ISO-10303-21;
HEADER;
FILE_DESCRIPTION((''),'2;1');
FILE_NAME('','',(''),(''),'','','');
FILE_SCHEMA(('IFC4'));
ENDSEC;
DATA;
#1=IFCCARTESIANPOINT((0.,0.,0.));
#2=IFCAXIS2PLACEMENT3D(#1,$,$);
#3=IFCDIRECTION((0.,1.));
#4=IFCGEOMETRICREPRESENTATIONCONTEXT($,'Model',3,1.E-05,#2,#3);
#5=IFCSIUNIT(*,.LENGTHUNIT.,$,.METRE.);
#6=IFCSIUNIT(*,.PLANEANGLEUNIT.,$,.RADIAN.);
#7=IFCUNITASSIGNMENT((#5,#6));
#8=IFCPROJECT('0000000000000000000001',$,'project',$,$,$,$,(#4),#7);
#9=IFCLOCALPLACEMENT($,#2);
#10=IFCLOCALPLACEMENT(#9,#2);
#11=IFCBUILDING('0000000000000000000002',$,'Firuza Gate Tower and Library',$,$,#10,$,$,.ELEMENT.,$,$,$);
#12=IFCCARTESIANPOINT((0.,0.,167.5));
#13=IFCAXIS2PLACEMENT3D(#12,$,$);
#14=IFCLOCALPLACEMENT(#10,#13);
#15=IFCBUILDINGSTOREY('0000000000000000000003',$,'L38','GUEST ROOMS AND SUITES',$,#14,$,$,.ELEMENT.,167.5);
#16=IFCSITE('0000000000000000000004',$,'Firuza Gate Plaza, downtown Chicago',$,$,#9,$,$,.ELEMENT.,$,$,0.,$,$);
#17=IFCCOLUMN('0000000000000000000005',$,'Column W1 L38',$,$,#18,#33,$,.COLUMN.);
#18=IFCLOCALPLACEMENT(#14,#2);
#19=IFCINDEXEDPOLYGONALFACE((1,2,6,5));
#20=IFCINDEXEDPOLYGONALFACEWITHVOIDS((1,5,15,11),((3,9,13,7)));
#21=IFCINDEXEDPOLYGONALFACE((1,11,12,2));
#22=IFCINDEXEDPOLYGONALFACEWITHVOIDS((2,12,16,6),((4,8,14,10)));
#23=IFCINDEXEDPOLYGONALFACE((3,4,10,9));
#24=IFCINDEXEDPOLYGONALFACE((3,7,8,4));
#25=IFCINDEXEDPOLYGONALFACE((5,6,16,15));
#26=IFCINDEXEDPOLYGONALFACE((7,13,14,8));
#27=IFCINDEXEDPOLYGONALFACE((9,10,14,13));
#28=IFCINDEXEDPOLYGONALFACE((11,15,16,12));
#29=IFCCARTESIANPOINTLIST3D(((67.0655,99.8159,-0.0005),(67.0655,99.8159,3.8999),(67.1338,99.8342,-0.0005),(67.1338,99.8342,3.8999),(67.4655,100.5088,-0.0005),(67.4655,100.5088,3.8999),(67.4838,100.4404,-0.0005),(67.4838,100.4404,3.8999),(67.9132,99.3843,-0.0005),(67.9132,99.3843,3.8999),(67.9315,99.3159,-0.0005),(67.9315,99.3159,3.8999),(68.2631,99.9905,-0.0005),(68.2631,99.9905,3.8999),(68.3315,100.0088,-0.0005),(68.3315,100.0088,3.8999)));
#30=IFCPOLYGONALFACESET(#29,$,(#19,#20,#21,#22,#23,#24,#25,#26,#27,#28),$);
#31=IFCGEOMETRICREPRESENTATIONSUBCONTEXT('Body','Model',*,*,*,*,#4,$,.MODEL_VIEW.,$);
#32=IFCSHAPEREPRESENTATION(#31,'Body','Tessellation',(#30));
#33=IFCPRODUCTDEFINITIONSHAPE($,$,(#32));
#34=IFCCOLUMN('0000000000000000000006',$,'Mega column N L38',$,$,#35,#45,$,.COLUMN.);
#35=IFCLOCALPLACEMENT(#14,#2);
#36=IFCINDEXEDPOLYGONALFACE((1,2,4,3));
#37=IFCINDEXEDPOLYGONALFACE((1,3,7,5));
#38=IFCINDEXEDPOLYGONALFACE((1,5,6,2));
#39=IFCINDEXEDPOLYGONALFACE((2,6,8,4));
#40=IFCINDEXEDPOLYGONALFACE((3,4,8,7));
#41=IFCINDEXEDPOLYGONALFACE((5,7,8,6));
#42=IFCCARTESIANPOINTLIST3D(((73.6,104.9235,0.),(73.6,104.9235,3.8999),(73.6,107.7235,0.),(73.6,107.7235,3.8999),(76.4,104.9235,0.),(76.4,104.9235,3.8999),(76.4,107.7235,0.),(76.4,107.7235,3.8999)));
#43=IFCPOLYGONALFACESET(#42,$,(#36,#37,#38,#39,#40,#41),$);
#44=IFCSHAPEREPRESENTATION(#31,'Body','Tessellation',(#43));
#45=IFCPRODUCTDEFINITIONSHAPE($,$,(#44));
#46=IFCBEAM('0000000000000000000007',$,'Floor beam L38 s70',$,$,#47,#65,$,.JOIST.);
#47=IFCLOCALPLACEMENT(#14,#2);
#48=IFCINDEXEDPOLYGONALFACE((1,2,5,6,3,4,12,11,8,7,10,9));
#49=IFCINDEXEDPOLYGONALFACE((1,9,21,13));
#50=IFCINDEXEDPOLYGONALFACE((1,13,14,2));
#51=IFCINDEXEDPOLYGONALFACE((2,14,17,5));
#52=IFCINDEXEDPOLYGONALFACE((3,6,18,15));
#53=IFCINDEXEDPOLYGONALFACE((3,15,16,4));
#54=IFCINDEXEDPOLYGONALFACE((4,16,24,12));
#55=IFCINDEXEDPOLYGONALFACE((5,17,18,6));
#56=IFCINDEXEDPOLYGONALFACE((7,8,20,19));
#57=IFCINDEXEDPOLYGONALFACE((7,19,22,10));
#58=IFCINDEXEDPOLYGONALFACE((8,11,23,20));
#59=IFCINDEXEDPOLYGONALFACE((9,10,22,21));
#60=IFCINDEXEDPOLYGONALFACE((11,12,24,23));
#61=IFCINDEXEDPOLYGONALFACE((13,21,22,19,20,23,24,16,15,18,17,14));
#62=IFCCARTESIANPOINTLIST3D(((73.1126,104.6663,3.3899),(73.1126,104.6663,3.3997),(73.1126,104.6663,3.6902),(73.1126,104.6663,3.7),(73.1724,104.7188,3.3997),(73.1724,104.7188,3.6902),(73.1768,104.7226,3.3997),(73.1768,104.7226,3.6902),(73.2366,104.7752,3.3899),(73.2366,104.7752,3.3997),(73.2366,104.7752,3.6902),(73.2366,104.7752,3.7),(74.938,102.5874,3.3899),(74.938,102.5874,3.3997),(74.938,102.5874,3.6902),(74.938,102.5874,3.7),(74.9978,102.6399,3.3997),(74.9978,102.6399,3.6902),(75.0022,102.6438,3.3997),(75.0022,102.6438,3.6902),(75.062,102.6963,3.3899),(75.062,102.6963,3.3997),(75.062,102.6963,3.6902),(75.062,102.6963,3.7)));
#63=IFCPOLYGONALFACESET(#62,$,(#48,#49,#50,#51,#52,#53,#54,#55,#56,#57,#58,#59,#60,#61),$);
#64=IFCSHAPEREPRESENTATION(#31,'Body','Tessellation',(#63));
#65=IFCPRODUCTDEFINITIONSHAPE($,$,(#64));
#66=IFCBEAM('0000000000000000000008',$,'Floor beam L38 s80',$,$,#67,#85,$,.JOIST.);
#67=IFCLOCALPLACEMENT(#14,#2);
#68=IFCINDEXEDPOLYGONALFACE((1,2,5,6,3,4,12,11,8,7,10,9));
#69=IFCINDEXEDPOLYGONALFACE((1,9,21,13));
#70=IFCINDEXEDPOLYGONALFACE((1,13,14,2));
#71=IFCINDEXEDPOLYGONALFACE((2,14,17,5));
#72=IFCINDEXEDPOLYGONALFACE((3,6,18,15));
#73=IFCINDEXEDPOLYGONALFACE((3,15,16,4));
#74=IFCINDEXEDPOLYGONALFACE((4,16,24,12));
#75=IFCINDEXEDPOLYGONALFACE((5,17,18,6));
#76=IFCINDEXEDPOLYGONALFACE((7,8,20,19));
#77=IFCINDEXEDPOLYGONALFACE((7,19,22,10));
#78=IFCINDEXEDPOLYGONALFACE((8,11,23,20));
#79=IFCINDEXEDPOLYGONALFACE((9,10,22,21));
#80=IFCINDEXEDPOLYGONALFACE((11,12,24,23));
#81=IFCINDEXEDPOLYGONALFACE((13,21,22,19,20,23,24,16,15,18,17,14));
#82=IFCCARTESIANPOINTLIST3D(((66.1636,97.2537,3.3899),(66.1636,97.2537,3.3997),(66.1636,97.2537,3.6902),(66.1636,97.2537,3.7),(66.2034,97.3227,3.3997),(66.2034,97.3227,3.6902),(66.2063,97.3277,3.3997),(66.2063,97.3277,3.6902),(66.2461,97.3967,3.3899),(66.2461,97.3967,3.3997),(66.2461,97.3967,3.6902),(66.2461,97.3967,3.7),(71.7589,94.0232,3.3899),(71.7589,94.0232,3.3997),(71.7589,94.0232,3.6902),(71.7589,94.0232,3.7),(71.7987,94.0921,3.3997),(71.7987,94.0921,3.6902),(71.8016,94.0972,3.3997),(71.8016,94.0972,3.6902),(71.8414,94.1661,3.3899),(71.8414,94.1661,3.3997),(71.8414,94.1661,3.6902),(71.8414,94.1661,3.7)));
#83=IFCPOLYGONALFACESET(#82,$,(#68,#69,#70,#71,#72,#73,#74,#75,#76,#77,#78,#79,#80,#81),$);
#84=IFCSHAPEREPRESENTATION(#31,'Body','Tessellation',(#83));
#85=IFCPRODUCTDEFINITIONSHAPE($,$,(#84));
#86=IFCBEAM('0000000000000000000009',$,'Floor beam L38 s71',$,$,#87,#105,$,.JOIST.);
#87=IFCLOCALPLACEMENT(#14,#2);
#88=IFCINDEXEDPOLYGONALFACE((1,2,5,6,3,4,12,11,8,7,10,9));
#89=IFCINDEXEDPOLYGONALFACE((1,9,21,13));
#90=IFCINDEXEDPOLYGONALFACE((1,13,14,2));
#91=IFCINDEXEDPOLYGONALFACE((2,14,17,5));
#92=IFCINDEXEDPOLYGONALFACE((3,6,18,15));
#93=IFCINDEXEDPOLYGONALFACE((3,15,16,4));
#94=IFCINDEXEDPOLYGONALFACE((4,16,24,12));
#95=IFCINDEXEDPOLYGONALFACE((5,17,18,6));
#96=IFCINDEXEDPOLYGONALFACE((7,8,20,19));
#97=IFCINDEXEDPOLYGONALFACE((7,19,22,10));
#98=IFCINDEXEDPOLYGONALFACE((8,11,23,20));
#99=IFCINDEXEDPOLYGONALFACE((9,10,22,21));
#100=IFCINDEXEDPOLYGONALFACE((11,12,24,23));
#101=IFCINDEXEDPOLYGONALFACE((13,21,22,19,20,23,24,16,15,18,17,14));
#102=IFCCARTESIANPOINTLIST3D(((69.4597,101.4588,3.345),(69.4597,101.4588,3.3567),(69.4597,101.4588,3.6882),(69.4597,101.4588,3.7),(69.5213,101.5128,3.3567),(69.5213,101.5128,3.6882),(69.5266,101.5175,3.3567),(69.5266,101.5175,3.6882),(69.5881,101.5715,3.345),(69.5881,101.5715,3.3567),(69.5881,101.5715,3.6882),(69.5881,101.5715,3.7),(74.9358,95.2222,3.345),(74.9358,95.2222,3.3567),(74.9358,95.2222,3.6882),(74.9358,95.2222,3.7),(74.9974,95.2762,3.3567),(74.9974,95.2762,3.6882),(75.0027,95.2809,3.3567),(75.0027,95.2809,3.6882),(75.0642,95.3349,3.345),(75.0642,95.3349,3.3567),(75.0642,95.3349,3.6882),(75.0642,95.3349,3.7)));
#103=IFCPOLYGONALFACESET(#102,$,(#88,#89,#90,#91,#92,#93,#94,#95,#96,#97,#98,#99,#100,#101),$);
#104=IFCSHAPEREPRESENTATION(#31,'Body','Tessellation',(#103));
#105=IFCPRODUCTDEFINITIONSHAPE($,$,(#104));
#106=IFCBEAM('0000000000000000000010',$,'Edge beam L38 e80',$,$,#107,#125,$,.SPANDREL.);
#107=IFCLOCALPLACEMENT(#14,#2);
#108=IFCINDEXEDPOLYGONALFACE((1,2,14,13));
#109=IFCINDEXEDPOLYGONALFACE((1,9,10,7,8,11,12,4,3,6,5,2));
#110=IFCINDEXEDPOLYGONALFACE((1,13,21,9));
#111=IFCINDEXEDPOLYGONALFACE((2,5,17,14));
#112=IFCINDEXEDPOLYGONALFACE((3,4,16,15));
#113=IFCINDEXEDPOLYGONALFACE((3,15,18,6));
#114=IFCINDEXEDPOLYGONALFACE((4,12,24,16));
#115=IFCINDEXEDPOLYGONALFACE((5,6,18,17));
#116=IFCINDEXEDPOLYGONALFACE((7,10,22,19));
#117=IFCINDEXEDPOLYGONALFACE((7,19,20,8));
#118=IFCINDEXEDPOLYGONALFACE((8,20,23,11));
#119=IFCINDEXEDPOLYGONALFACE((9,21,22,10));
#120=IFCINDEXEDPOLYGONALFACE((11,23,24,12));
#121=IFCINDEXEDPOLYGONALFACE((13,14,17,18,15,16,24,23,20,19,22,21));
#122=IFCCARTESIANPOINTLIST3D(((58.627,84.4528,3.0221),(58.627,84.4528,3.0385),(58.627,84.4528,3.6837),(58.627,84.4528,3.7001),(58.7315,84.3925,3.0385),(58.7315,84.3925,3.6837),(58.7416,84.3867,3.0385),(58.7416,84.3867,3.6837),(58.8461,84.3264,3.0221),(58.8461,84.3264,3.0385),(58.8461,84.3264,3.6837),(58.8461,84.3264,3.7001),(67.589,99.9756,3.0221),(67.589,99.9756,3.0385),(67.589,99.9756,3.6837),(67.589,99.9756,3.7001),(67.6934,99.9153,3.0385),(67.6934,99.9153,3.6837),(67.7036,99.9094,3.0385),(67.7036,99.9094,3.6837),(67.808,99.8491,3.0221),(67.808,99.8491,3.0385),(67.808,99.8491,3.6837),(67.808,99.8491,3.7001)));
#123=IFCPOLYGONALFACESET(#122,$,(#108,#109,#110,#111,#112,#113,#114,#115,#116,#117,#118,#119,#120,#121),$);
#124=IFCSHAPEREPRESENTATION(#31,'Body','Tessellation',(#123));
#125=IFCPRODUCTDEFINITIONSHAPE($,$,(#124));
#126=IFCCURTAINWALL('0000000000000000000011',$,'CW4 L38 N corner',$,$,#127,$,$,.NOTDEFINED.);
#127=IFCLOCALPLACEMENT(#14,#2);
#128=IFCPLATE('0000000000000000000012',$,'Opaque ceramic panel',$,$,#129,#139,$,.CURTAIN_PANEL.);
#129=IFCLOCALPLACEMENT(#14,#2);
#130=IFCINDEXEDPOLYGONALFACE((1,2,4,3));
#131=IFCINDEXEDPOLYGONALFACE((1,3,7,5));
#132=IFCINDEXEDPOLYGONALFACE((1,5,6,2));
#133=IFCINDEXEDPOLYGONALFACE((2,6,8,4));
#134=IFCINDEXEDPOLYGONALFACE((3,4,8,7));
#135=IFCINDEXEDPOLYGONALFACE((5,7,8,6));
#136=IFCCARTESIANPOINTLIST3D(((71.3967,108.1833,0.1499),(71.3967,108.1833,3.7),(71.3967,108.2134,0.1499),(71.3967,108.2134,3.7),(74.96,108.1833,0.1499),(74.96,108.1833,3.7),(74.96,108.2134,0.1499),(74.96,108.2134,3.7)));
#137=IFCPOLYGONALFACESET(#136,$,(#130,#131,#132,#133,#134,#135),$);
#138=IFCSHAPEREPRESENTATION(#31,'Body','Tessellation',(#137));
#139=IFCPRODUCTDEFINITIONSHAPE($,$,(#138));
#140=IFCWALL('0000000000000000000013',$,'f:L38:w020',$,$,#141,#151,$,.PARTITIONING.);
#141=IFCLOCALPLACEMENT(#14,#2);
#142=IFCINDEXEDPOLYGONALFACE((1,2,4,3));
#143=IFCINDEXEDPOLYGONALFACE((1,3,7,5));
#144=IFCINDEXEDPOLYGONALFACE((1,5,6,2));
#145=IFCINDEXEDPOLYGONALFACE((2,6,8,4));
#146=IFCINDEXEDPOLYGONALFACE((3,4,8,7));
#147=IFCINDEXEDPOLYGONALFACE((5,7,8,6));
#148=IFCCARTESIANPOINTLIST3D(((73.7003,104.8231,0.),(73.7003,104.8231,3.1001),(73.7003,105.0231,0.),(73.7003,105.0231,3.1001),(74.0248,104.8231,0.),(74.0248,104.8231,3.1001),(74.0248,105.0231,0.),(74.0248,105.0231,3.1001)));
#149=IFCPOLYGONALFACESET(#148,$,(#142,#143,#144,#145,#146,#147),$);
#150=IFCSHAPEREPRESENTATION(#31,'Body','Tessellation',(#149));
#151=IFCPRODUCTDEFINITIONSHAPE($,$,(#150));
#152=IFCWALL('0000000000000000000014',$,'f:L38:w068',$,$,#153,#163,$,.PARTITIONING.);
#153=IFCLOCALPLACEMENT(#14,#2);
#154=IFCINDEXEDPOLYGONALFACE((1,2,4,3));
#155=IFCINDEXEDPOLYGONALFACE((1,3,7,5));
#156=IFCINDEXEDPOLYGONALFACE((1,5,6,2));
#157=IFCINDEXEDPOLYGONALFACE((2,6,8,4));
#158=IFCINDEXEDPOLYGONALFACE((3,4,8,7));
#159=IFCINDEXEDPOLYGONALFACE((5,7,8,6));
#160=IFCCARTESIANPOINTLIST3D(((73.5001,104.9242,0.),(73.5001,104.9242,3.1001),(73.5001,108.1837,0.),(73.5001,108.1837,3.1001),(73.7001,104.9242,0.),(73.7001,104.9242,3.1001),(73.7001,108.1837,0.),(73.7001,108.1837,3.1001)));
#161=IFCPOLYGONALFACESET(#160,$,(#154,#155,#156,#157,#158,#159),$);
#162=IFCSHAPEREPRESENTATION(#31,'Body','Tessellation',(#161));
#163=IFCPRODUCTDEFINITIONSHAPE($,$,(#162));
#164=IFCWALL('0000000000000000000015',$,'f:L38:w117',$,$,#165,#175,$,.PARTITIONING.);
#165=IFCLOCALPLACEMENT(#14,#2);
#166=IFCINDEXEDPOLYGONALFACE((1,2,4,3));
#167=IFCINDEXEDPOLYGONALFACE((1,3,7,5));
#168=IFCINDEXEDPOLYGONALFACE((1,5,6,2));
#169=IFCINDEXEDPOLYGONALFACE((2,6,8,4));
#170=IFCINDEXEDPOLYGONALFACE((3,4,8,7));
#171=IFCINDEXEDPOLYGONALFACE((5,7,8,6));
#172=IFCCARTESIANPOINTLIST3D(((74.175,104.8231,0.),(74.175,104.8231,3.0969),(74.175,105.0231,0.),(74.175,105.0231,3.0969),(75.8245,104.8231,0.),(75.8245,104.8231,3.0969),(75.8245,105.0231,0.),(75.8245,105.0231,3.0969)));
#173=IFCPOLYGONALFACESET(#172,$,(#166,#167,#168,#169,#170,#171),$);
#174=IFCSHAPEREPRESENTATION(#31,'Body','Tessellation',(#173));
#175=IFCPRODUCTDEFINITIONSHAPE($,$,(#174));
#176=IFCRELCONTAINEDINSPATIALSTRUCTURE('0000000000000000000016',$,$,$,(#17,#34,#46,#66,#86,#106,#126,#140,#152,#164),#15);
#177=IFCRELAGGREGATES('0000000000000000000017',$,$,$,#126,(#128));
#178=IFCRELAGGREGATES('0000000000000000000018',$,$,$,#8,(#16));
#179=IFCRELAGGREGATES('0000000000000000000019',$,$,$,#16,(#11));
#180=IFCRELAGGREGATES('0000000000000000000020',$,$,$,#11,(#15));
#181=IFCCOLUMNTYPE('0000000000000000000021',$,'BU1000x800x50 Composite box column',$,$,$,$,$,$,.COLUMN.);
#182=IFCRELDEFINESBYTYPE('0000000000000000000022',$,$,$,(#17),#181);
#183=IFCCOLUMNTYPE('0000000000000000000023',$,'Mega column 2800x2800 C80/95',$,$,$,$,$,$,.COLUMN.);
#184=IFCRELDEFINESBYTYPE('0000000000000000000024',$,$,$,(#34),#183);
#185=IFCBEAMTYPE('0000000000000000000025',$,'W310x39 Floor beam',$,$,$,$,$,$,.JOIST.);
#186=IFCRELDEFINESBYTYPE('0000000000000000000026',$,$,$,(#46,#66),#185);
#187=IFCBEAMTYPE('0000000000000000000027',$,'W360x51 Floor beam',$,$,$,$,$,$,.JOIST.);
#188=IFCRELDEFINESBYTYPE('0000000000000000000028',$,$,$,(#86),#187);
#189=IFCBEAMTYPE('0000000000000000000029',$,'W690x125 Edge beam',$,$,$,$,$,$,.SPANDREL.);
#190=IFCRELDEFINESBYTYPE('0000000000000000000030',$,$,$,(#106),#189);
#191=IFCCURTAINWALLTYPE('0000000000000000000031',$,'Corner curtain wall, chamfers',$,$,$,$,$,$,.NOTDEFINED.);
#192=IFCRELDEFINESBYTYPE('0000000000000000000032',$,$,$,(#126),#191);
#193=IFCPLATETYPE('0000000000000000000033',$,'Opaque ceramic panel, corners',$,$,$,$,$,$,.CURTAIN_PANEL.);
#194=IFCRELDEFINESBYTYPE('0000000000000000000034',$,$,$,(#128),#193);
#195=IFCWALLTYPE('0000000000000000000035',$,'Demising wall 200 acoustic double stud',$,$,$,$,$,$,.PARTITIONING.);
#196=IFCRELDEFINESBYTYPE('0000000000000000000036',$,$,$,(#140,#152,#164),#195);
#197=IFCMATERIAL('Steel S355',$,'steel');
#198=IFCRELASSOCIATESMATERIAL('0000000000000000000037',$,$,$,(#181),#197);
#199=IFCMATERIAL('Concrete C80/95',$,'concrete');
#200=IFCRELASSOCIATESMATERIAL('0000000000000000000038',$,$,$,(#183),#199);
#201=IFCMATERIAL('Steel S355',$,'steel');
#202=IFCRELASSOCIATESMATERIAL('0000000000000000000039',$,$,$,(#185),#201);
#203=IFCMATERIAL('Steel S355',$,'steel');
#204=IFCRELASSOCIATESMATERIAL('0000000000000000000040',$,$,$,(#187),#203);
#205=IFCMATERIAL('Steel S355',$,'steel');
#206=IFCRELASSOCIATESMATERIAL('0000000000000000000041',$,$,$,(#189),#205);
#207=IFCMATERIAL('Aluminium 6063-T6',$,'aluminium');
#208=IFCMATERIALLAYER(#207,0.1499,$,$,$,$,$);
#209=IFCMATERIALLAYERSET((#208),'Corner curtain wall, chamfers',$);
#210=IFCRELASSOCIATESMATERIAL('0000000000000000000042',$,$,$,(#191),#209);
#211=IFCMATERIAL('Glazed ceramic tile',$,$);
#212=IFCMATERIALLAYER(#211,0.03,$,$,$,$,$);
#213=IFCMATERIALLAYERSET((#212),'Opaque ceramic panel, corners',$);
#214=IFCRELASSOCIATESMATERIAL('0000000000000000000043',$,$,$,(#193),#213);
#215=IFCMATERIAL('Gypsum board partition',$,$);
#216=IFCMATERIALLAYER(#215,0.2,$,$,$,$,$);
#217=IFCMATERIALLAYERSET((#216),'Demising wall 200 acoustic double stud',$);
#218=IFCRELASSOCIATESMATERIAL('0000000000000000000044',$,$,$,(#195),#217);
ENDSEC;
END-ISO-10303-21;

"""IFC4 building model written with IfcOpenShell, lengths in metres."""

from ifc_helpers import new_model, si_unit, direction, frame, frame_2d, origin, origin_2d, place, context, subcontext, project, spatial, polyline, rectangle, hollow_rectangle, i_section, outline, extrude, material, layer, layer_set, material_profile, profile_set, type_object, element, aggregate, save


model = new_model("IFC4")

# Units and contexts
model_context = context("Model", 3, precision=1e-05, world=origin(), true_north=direction((0.0, 1.0)))
body_context = subcontext(model_context, "Body", "Model", "MODEL_VIEW")
ifc_project = project(units=[si_unit("LENGTHUNIT", "METRE"), si_unit("PLANEANGLEUNIT", "RADIAN")], contexts=[model_context])

# Site, building, storey
site_placement = place(None, origin())
site = spatial("IfcSite", under=ifc_project, at=site_placement, Name="Firuza Gate Plaza, downtown Chicago", CompositionType="ELEMENT", RefElevation=0.0)
building_placement = place(site_placement, origin())
building = spatial("IfcBuilding", under=site, at=building_placement, Name="Firuza Gate Tower and Library", CompositionType="ELEMENT")
storey_placement = place(building_placement, frame((0.0, 0.0, 167.5)))
storey = spatial("IfcBuildingStorey", under=building, at=storey_placement, Name="L38", Description="GUEST ROOMS AND SUITES", CompositionType="ELEMENT", Elevation=167.5)

# Columns
ifc_material_1 = material(Name="Steel S355", Category="steel")
ifc_material_profile_1 = material_profile(ifc_material_1, hollow_rectangle(XDim=0.8, YDim=1.0, WallThickness=0.05, at=origin_2d()))
ifc_profile_set_1 = profile_set([ifc_material_profile_1], Name="Steel S355")
column_type_1 = type_object("IfcColumnType", Name="BU1000x800x50 Composite box column", PredefinedType="COLUMN", material=ifc_profile_set_1)
column_1_placement = place(storey_placement, frame((67.6985, 99.9124, -0.0005), z_axis=(0.0, 0.0, 1.0), x_axis=(-0.5, -0.866025, 0.0)))
element("IfcColumn", 1, at=column_1_placement, inside=storey, type_object=column_type_1, Name="Column W1 L38", PredefinedType="COLUMN", context=body_context, shape_type="SweptSolid", body=[
    extrude(hollow_rectangle(XDim=0.8, YDim=1.0, WallThickness=0.05, at=origin_2d()), origin(), (0.0, 0.0, 1.0), 3.9004),
])
ifc_material_2 = material(Name="Concrete C80/95", Category="concrete")
ifc_material_profile_2 = material_profile(ifc_material_2, rectangle(XDim=2.8, YDim=2.8, at=origin_2d()))
ifc_profile_set_2 = profile_set([ifc_material_profile_2], Name="Concrete C80/95")
column_type_2 = type_object("IfcColumnType", Name="Mega column 2800x2800 C80/95", PredefinedType="COLUMN", material=ifc_profile_set_2)
column_2_placement = place(storey_placement, frame((75.0, 106.3235, 0.0), z_axis=(0.0, 0.0, 1.0), x_axis=(-1.0, 0.0, 0.0)))
element("IfcColumn", 2, at=column_2_placement, inside=storey, type_object=column_type_2, Name="Mega column N L38", PredefinedType="COLUMN", context=body_context, shape_type="SweptSolid", body=[
    extrude(rectangle(XDim=2.8, YDim=2.8, at=origin_2d()), origin(), (0.0, 0.0, 1.0), 3.8999),
])

# Beams
ifc_material_3 = material(Name="Steel S355", Category="steel")
ifc_material_profile_3 = material_profile(ifc_material_3, i_section(OverallWidth=0.165, OverallDepth=0.3101, WebThickness=0.0059, FlangeThickness=0.0098, at=origin_2d()))
ifc_profile_set_3 = profile_set([ifc_material_profile_3], Name="Steel S355")
beam_type_1 = type_object("IfcBeamType", Name="W310x39 Floor beam", PredefinedType="JOIST", material=ifc_profile_set_3)
beam_1_placement = place(storey_placement, frame((73.1746, 104.7207, 3.5449), z_axis=(0.659822, -0.751422, 0.0), x_axis=(0.751422, 0.659822, 0.0)))
element("IfcBeam", 3, at=beam_1_placement, inside=storey, type_object=beam_type_1, Name="Floor beam L38 s70", PredefinedType="JOIST", context=body_context, shape_type="SweptSolid", body=[
    extrude(i_section(OverallWidth=0.165, OverallDepth=0.3101, WebThickness=0.0059, FlangeThickness=0.0098, at=origin_2d()), origin(), (0.0, 0.0, 1.0), 2.7666),
])
beam_2_placement = place(storey_placement, frame((66.2048, 97.3252, 3.5449), z_axis=(0.866021, -0.500008, 0.0), x_axis=(0.500008, 0.866021, 0.0)))
element("IfcBeam", 4, at=beam_2_placement, inside=storey, type_object=beam_type_1, Name="Floor beam L38 s80", PredefinedType="JOIST", context=body_context, shape_type="SweptSolid", body=[
    extrude(i_section(OverallWidth=0.165, OverallDepth=0.3101, WebThickness=0.0059, FlangeThickness=0.0098, at=origin_2d()), origin(), (0.0, 0.0, 1.0), 6.4609),
])
ifc_material_4 = material(Name="Steel S355", Category="steel")
ifc_material_profile_4 = material_profile(ifc_material_4, i_section(OverallWidth=0.1709, OverallDepth=0.355, WebThickness=0.0071, FlangeThickness=0.0117, at=origin_2d()))
ifc_profile_set_4 = profile_set([ifc_material_profile_4], Name="Steel S355")
beam_type_2 = type_object("IfcBeamType", Name="W360x51 Floor beam", PredefinedType="JOIST", material=ifc_profile_set_4)
beam_3_placement = place(storey_placement, frame((69.5239, 101.5151, 3.5225), z_axis=(0.659805, -0.751437, 0.0), x_axis=(0.751437, 0.659805, 0.0)))
element("IfcBeam", 5, at=beam_3_placement, inside=storey, type_object=beam_type_2, Name="Floor beam L38 s71", PredefinedType="JOIST", context=body_context, shape_type="SweptSolid", body=[
    extrude(i_section(OverallWidth=0.1709, OverallDepth=0.355, WebThickness=0.0071, FlangeThickness=0.0117, at=origin_2d()), origin(), (0.0, 0.0, 1.0), 8.2996),
])
ifc_material_5 = material(Name="Steel S355", Category="steel")
ifc_material_profile_5 = material_profile(ifc_material_5, i_section(OverallWidth=0.2529, OverallDepth=0.678, WebThickness=0.0117, FlangeThickness=0.0164, at=origin_2d()))
ifc_profile_set_5 = profile_set([ifc_material_profile_5], Name="Steel S355")
beam_type_3 = type_object("IfcBeamType", Name="W690x125 Edge beam", PredefinedType="SPANDREL", material=ifc_profile_set_5)
beam_4_placement = place(storey_placement, frame((67.6985, 99.9124, 3.3611), z_axis=(-0.499995, -0.866028, 0.0), x_axis=(0.866028, -0.499995, 0.0)))
element("IfcBeam", 6, at=beam_4_placement, inside=storey, type_object=beam_type_3, Name="Edge beam L38 e80", PredefinedType="SPANDREL", context=body_context, shape_type="SweptSolid", body=[
    extrude(i_section(OverallWidth=0.2529, OverallDepth=0.678, WebThickness=0.0117, FlangeThickness=0.0164, at=origin_2d()), origin(), (0.0, 0.0, 1.0), 17.9241),
])

# Curtain wall, plate
ifc_material_6 = material(Name="Aluminium 6063-T6", Category="aluminium")
ifc_layer_1 = layer(ifc_material_6, 0.1499)
ifc_layer_set_1 = layer_set([ifc_layer_1], Name="Corner curtain wall, chamfers")
curtain_wall_type = type_object("IfcCurtainWallType", Name="Corner curtain wall, chamfers", PredefinedType="NOTDEFINED", material=ifc_layer_set_1)
curtain_wall_placement = place(storey_placement, origin())
curtain_wall = element("IfcCurtainWall", 7, at=curtain_wall_placement, inside=storey, type_object=curtain_wall_type, Name="CW4 L38 N corner", PredefinedType="NOTDEFINED")
ifc_material_7 = material(Name="Glazed ceramic tile")
ifc_layer_2 = layer(ifc_material_7, 0.03)
ifc_layer_set_2 = layer_set([ifc_layer_2], Name="Opaque ceramic panel, corners")
plate_type = type_object("IfcPlateType", Name="Opaque ceramic panel, corners", PredefinedType="CURTAIN_PANEL", material=ifc_layer_set_2)
plate_placement = place(storey_placement, frame((74.96, 108.2134, 0.1499), z_axis=(0.0, 1.0, 0.0), x_axis=(-1.0, 0.0, 0.0)))
plate = element("IfcPlate", 8, at=plate_placement, type_object=plate_type, Name="Opaque ceramic panel", PredefinedType="CURTAIN_PANEL", context=body_context, shape_type="SweptSolid", body=[
    extrude(outline(polyline([(0.0, 0.0), (3.5632, 0.0), (3.5632, 3.55), (0.0, 3.55), (0.0, 0.0)])), origin(), (0.0, 0.0, -1.0), 0.03),
])
aggregate(curtain_wall, [plate])

# Walls
ifc_material_8 = material(Name="Gypsum board partition")
ifc_layer_3 = layer(ifc_material_8, 0.2)
ifc_layer_set_3 = layer_set([ifc_layer_3], Name="Demising wall 200 acoustic double stud")
wall_type_1 = type_object("IfcWallType", Name="Demising wall 200 acoustic double stud", PredefinedType="PARTITIONING", material=ifc_layer_set_3)
wall_1_placement = place(storey_placement, frame((73.7004, 104.9231, 0.0), z_axis=(0.0, 0.0, 1.0), x_axis=(1.0, 0.0, 0.0)))
element("IfcWall", 9, at=wall_1_placement, inside=storey, type_object=wall_type_1, Name="f:L38:w020", PredefinedType="PARTITIONING", context=body_context, shape_type="SweptSolid", body=[
    extrude(rectangle(XDim=0.3245, YDim=0.2, at=frame_2d((0.1621, 0.0))), origin(), (0.0, 0.0, 1.0), 3.1001),
])
wall_2_placement = place(storey_placement, frame((73.6001, 104.9241, 0.0), z_axis=(0.0, 0.0, 1.0), x_axis=(0.0, 1.0, 0.0)))
element("IfcWall", 10, at=wall_2_placement, inside=storey, type_object=wall_type_1, Name="f:L38:w068", PredefinedType="PARTITIONING", context=body_context, shape_type="SweptSolid", body=[
    extrude(rectangle(XDim=3.2595, YDim=0.2, at=frame_2d((1.6299, 0.0))), origin(), (0.0, 0.0, 1.0), 3.1001),
])
wall_3_placement = place(storey_placement, frame((74.175, 104.9231, 0.0), z_axis=(0.0, 0.0, 1.0), x_axis=(1.0, 0.0, 0.0)))
element("IfcWall", 11, at=wall_3_placement, inside=storey, type_object=wall_type_1, Name="f:L38:w117", PredefinedType="PARTITIONING", context=body_context, shape_type="SweptSolid", body=[
    extrude(rectangle(XDim=1.6494, YDim=0.2, at=frame_2d((0.8247, 0.0))), origin(), (0.0, 0.0, 1.0), 3.0969),
])

save(model, "model.ifc")
